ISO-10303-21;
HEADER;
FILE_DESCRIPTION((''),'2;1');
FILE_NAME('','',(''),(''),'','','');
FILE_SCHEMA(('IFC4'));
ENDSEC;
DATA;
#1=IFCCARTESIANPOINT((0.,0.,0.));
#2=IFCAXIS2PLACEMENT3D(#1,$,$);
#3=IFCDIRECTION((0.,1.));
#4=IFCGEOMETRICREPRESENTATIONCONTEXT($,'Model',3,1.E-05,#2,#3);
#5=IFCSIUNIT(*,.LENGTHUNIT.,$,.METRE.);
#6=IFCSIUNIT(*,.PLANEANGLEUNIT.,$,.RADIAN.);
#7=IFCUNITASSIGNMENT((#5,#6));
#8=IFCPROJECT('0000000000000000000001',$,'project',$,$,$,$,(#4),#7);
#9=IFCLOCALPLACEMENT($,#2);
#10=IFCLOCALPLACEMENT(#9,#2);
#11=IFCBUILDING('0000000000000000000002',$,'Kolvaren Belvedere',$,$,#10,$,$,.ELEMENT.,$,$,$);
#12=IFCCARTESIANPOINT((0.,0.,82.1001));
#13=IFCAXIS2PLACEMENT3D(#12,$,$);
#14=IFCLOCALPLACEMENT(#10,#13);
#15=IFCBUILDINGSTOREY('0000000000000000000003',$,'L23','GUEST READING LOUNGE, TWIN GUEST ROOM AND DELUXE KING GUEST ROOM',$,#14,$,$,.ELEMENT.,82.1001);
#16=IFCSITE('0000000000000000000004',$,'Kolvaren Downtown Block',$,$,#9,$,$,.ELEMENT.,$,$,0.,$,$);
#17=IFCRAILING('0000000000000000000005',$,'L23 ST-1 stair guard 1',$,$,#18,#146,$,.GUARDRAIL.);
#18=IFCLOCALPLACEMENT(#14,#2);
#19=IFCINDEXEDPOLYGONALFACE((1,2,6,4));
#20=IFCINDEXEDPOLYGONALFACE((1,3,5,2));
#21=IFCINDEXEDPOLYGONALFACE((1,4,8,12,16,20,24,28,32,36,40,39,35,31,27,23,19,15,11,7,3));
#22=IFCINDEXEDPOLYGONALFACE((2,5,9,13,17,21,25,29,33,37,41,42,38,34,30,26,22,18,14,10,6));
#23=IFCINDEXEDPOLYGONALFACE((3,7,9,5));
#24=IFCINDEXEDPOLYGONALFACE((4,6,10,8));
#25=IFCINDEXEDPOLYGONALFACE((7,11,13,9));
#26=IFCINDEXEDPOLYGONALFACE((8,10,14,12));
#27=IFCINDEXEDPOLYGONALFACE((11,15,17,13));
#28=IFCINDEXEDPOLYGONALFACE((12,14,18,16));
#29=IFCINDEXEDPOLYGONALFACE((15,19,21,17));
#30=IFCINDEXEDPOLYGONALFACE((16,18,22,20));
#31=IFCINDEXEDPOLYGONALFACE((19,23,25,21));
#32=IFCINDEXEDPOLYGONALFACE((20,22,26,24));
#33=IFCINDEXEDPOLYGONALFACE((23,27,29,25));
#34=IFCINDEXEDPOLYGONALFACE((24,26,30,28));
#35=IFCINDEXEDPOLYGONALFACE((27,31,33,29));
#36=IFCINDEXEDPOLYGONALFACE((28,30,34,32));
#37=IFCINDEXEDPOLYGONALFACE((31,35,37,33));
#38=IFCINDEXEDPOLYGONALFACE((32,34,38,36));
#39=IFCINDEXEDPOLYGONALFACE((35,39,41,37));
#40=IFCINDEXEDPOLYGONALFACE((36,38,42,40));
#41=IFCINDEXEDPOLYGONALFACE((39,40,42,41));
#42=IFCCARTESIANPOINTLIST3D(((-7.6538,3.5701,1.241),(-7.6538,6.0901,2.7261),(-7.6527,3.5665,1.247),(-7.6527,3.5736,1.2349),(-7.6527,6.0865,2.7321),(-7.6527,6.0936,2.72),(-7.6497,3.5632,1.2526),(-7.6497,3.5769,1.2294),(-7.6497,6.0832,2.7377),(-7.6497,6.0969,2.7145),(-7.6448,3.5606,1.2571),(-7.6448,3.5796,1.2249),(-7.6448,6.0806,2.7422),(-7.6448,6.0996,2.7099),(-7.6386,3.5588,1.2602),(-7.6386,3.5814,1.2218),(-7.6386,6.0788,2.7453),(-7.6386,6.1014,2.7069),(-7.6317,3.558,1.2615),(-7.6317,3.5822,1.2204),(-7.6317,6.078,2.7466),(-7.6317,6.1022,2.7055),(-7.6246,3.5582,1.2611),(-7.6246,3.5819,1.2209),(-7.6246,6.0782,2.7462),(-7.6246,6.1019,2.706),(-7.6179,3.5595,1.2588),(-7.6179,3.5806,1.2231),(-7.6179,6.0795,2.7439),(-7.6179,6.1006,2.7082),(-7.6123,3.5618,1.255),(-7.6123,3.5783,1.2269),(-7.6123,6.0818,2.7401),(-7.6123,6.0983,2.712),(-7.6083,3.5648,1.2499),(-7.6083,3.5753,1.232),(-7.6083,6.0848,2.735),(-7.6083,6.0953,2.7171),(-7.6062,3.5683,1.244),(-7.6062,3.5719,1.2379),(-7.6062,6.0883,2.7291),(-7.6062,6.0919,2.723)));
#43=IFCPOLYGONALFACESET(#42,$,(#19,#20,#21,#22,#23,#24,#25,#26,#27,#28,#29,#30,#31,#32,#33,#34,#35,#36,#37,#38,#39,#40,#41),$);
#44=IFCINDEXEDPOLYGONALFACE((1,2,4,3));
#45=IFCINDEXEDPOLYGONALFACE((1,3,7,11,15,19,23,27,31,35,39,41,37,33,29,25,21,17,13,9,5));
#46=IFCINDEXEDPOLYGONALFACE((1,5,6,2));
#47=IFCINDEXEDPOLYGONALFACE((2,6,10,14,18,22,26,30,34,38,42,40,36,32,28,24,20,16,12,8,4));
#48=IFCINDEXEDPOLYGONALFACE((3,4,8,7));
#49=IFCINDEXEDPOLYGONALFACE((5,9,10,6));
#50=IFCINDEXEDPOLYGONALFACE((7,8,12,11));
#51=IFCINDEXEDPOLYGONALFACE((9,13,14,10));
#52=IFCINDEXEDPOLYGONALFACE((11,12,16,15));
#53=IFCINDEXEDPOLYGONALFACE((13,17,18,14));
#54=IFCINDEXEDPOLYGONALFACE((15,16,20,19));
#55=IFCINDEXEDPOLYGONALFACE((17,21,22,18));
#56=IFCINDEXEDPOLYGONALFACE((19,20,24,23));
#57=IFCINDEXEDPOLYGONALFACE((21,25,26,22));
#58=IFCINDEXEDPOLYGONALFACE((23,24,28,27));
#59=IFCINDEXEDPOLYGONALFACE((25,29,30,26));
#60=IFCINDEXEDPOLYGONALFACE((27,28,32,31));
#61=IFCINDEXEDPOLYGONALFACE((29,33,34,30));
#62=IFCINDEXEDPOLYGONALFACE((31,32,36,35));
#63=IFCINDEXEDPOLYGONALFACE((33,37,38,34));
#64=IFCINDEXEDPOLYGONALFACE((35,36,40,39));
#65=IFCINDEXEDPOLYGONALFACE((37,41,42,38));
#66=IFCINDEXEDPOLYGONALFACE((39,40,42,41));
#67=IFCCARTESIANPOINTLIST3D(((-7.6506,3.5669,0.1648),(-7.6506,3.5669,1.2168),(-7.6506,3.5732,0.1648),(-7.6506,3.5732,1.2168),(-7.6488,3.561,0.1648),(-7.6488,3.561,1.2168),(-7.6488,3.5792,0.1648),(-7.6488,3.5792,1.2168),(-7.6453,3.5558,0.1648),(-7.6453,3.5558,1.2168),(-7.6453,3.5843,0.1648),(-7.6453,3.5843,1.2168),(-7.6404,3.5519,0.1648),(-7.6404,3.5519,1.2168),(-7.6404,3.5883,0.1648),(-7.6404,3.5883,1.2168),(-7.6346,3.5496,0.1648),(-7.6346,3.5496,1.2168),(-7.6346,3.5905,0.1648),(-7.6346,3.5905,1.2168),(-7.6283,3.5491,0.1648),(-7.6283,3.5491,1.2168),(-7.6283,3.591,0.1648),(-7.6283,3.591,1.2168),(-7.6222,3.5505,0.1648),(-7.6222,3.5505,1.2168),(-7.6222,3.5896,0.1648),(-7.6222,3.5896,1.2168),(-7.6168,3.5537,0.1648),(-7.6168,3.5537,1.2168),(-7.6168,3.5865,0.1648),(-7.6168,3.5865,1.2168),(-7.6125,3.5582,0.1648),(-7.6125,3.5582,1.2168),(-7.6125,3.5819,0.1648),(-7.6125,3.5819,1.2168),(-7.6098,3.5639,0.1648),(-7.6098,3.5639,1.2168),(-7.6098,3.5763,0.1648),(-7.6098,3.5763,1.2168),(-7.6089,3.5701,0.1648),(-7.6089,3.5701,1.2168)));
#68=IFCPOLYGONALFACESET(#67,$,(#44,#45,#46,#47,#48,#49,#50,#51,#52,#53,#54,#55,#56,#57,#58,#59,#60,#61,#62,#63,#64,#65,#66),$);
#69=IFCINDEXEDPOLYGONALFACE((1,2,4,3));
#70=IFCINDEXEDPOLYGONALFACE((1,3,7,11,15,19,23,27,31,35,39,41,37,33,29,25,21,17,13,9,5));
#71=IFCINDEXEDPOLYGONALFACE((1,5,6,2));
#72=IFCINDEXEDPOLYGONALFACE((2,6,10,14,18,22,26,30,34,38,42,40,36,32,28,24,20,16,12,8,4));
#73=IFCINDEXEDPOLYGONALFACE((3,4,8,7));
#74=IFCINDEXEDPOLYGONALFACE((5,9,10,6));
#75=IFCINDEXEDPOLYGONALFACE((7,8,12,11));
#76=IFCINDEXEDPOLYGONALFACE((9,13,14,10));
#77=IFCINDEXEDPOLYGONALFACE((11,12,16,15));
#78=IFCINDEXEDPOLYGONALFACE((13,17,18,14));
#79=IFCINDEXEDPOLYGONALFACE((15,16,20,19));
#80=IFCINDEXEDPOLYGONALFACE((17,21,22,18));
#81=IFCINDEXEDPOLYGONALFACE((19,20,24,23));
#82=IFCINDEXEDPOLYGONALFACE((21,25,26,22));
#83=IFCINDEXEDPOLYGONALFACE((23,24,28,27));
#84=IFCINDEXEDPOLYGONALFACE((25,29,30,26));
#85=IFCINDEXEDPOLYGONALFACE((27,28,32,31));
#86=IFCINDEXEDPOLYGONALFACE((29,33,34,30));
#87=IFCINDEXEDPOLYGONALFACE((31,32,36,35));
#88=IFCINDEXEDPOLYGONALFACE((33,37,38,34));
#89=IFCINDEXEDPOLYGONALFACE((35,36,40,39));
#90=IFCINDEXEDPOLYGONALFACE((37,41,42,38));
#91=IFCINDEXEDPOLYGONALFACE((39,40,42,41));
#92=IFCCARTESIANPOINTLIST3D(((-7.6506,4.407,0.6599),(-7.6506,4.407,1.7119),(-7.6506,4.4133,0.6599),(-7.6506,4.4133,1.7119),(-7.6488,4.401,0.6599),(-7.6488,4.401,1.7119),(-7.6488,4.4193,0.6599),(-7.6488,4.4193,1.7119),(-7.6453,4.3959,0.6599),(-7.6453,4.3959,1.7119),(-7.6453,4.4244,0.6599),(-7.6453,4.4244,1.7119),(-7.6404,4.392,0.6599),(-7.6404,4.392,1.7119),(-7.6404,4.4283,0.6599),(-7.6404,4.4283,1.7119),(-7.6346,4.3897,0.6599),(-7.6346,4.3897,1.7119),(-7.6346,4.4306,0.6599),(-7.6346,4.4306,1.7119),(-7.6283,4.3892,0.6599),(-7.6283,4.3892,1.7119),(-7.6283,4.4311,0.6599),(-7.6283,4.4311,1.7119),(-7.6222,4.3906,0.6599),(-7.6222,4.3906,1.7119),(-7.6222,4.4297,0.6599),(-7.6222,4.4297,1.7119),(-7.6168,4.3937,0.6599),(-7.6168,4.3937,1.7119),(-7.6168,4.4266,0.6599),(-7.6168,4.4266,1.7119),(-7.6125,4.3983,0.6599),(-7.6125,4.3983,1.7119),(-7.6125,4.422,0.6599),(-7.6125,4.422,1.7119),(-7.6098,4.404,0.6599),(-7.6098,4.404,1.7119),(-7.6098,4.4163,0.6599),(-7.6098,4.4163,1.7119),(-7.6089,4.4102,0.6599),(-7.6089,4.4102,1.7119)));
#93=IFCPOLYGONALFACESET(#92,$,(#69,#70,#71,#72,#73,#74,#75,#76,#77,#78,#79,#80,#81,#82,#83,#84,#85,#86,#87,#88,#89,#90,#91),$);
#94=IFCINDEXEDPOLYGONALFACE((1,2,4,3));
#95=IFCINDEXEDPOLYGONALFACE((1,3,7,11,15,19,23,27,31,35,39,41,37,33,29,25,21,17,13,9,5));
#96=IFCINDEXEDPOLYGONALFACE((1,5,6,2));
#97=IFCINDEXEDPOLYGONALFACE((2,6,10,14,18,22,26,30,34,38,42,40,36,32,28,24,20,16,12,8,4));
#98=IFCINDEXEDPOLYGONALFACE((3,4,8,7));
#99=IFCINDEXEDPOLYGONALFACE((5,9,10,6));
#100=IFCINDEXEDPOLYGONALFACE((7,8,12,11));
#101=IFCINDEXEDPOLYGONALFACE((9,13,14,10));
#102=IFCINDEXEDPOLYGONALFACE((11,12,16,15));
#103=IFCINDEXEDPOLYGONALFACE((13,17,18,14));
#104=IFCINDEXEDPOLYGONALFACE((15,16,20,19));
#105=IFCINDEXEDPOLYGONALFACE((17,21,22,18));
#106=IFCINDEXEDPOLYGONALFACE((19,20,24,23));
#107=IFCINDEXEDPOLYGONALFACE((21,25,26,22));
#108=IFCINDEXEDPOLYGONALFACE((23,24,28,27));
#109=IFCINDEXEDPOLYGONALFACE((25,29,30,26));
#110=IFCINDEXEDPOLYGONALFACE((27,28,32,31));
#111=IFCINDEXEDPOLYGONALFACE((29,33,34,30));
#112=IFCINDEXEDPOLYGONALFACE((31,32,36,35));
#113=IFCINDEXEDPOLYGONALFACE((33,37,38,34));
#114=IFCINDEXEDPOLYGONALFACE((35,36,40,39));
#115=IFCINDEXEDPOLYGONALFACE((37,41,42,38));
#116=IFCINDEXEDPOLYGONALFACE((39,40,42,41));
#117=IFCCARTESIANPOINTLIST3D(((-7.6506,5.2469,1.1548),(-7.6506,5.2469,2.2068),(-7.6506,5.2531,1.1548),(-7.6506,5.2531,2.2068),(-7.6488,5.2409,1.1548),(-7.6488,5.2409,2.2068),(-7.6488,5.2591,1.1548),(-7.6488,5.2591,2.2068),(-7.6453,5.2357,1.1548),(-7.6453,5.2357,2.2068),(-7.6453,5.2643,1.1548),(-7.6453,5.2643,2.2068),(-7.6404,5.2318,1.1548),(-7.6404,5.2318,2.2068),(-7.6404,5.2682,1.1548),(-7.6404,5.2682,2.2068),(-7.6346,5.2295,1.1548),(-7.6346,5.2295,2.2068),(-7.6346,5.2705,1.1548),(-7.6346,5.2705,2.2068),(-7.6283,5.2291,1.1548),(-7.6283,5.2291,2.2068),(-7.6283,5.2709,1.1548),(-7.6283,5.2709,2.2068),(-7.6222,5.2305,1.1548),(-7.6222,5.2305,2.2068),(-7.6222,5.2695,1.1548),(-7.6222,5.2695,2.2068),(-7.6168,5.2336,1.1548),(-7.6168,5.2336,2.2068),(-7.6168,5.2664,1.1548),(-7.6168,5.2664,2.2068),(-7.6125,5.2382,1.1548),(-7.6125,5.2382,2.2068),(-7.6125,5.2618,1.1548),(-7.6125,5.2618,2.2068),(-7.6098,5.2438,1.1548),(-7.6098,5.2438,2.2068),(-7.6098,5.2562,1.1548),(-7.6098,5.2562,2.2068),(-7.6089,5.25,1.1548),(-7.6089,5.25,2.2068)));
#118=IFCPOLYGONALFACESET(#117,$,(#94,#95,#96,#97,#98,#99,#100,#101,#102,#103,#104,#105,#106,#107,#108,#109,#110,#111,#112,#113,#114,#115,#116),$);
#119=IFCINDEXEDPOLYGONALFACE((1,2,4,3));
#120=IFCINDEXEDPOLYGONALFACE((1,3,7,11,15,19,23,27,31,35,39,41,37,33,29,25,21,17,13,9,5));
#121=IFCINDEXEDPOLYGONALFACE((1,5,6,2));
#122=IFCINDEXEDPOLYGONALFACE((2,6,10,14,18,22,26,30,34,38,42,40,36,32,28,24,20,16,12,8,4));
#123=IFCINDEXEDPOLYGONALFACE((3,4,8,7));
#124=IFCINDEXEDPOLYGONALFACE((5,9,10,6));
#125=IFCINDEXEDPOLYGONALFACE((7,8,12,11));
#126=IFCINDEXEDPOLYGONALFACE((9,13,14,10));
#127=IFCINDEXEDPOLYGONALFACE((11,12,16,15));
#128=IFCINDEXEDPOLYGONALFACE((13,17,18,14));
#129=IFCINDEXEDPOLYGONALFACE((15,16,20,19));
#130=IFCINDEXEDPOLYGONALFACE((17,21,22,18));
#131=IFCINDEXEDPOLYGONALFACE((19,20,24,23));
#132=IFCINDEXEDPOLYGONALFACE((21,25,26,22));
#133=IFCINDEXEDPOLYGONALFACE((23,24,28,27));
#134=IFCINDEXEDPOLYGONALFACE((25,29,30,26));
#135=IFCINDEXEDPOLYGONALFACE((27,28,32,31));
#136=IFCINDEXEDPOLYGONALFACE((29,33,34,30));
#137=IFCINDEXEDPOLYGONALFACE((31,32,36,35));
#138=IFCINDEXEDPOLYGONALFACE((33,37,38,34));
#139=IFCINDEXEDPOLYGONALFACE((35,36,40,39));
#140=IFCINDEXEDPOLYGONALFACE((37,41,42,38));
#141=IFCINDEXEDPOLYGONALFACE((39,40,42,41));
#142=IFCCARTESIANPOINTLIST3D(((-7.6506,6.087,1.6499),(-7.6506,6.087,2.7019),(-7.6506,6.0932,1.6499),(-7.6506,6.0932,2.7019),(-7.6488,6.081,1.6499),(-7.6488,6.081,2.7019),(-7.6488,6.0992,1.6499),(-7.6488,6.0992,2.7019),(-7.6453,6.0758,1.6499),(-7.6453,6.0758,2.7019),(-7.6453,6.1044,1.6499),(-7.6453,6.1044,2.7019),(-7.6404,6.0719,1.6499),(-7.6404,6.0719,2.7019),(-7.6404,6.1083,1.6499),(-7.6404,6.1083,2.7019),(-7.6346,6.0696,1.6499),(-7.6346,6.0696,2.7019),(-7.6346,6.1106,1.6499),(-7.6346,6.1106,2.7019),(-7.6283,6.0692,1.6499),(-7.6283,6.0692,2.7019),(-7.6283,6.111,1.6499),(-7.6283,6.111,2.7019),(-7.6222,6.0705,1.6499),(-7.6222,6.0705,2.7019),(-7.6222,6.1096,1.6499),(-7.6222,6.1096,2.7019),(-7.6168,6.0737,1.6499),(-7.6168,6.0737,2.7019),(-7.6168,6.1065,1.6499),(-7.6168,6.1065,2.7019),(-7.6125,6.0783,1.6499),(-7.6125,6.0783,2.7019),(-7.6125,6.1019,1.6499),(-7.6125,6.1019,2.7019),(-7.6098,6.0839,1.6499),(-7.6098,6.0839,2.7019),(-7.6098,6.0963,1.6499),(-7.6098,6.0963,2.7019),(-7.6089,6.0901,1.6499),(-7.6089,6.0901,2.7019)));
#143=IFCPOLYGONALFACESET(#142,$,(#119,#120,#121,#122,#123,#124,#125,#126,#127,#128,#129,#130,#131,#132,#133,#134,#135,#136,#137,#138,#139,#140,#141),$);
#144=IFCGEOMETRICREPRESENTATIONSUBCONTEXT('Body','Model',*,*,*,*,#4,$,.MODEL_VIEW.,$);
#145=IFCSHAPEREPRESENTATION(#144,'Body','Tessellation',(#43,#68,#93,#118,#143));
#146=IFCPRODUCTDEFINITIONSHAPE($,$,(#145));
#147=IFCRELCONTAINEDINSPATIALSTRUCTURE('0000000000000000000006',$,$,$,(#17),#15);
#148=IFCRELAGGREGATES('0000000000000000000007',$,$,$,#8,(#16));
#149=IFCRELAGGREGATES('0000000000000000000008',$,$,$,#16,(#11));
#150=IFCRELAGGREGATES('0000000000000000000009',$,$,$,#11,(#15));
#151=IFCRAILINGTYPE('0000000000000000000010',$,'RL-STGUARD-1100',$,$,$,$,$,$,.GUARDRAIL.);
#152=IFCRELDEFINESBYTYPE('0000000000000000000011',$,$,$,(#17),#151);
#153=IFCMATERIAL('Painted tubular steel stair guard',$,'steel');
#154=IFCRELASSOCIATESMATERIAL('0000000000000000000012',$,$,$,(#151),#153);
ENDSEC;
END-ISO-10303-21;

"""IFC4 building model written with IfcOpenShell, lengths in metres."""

from ifc_helpers import new_model, si_unit, direction, frame, origin, origin_2d, place, context, subcontext, project, spatial, circle, extrude, material, type_object, element, save


model = new_model("IFC4")

# Units and contexts
model_context = context("Model", 3, precision=1e-05, world=origin(), true_north=direction((0.0, 1.0)))
body_context = subcontext(model_context, "Body", "Model", "MODEL_VIEW")
ifc_project = project(units=[si_unit("LENGTHUNIT", "METRE"), si_unit("PLANEANGLEUNIT", "RADIAN")], contexts=[model_context])

# Site, building, storey
site_placement = place(None, origin())
site = spatial("IfcSite", under=ifc_project, at=site_placement, Name="Kolvaren Downtown Block", CompositionType="ELEMENT", RefElevation=0.0)
building_placement = place(site_placement, origin())
building = spatial("IfcBuilding", under=site, at=building_placement, Name="Kolvaren Belvedere", CompositionType="ELEMENT")
storey_placement = place(building_placement, frame((0.0, 0.0, 82.1001)))
storey = spatial("IfcBuildingStorey", under=building, at=storey_placement, Name="L23", Description="GUEST READING LOUNGE, TWIN GUEST ROOM AND DELUXE KING GUEST ROOM", CompositionType="ELEMENT", Elevation=82.1001)

# Railing
ifc_material_1 = material(Name="Painted tubular steel stair guard", Category="steel")
railing_type_1 = type_object("IfcRailingType", Name="RL-STGUARD-1100", PredefinedType="GUARDRAIL", material=ifc_material_1)
railing_1_placement = place(storey_placement, frame((-7.6299, 3.5701, 0.1648)))
element("IfcRailing", 1, at=railing_1_placement, inside=storey, type_object=railing_type_1, Name="L23 ST-1 stair guard 1", PredefinedType="GUARDRAIL", context=body_context, shape_type="SweptSolid", body=[
    extrude(circle(Radius=0.0239, at=origin_2d()), frame((0.0, 0.0, 1.0762), z_axis=(0.0, 0.861524, 0.507717), x_axis=(-1.0, 0.0, 0.0)), (0.0, 0.0, 1.0), 2.925),
    extrude(circle(Radius=0.021, at=origin_2d()), origin(), (0.0, 0.0, 1.0), 1.052),
    extrude(circle(Radius=0.021, at=origin_2d()), frame((0.0, 0.8401, 0.4951)), (0.0, 0.0, 1.0), 1.052),
    extrude(circle(Radius=0.021, at=origin_2d()), frame((0.0, 1.6799, 0.99)), (0.0, 0.0, 1.0), 1.052),
    extrude(circle(Radius=0.021, at=origin_2d()), frame((0.0, 2.52, 1.4851)), (0.0, 0.0, 1.0), 1.052),
])

save(model, "model.ifc")
